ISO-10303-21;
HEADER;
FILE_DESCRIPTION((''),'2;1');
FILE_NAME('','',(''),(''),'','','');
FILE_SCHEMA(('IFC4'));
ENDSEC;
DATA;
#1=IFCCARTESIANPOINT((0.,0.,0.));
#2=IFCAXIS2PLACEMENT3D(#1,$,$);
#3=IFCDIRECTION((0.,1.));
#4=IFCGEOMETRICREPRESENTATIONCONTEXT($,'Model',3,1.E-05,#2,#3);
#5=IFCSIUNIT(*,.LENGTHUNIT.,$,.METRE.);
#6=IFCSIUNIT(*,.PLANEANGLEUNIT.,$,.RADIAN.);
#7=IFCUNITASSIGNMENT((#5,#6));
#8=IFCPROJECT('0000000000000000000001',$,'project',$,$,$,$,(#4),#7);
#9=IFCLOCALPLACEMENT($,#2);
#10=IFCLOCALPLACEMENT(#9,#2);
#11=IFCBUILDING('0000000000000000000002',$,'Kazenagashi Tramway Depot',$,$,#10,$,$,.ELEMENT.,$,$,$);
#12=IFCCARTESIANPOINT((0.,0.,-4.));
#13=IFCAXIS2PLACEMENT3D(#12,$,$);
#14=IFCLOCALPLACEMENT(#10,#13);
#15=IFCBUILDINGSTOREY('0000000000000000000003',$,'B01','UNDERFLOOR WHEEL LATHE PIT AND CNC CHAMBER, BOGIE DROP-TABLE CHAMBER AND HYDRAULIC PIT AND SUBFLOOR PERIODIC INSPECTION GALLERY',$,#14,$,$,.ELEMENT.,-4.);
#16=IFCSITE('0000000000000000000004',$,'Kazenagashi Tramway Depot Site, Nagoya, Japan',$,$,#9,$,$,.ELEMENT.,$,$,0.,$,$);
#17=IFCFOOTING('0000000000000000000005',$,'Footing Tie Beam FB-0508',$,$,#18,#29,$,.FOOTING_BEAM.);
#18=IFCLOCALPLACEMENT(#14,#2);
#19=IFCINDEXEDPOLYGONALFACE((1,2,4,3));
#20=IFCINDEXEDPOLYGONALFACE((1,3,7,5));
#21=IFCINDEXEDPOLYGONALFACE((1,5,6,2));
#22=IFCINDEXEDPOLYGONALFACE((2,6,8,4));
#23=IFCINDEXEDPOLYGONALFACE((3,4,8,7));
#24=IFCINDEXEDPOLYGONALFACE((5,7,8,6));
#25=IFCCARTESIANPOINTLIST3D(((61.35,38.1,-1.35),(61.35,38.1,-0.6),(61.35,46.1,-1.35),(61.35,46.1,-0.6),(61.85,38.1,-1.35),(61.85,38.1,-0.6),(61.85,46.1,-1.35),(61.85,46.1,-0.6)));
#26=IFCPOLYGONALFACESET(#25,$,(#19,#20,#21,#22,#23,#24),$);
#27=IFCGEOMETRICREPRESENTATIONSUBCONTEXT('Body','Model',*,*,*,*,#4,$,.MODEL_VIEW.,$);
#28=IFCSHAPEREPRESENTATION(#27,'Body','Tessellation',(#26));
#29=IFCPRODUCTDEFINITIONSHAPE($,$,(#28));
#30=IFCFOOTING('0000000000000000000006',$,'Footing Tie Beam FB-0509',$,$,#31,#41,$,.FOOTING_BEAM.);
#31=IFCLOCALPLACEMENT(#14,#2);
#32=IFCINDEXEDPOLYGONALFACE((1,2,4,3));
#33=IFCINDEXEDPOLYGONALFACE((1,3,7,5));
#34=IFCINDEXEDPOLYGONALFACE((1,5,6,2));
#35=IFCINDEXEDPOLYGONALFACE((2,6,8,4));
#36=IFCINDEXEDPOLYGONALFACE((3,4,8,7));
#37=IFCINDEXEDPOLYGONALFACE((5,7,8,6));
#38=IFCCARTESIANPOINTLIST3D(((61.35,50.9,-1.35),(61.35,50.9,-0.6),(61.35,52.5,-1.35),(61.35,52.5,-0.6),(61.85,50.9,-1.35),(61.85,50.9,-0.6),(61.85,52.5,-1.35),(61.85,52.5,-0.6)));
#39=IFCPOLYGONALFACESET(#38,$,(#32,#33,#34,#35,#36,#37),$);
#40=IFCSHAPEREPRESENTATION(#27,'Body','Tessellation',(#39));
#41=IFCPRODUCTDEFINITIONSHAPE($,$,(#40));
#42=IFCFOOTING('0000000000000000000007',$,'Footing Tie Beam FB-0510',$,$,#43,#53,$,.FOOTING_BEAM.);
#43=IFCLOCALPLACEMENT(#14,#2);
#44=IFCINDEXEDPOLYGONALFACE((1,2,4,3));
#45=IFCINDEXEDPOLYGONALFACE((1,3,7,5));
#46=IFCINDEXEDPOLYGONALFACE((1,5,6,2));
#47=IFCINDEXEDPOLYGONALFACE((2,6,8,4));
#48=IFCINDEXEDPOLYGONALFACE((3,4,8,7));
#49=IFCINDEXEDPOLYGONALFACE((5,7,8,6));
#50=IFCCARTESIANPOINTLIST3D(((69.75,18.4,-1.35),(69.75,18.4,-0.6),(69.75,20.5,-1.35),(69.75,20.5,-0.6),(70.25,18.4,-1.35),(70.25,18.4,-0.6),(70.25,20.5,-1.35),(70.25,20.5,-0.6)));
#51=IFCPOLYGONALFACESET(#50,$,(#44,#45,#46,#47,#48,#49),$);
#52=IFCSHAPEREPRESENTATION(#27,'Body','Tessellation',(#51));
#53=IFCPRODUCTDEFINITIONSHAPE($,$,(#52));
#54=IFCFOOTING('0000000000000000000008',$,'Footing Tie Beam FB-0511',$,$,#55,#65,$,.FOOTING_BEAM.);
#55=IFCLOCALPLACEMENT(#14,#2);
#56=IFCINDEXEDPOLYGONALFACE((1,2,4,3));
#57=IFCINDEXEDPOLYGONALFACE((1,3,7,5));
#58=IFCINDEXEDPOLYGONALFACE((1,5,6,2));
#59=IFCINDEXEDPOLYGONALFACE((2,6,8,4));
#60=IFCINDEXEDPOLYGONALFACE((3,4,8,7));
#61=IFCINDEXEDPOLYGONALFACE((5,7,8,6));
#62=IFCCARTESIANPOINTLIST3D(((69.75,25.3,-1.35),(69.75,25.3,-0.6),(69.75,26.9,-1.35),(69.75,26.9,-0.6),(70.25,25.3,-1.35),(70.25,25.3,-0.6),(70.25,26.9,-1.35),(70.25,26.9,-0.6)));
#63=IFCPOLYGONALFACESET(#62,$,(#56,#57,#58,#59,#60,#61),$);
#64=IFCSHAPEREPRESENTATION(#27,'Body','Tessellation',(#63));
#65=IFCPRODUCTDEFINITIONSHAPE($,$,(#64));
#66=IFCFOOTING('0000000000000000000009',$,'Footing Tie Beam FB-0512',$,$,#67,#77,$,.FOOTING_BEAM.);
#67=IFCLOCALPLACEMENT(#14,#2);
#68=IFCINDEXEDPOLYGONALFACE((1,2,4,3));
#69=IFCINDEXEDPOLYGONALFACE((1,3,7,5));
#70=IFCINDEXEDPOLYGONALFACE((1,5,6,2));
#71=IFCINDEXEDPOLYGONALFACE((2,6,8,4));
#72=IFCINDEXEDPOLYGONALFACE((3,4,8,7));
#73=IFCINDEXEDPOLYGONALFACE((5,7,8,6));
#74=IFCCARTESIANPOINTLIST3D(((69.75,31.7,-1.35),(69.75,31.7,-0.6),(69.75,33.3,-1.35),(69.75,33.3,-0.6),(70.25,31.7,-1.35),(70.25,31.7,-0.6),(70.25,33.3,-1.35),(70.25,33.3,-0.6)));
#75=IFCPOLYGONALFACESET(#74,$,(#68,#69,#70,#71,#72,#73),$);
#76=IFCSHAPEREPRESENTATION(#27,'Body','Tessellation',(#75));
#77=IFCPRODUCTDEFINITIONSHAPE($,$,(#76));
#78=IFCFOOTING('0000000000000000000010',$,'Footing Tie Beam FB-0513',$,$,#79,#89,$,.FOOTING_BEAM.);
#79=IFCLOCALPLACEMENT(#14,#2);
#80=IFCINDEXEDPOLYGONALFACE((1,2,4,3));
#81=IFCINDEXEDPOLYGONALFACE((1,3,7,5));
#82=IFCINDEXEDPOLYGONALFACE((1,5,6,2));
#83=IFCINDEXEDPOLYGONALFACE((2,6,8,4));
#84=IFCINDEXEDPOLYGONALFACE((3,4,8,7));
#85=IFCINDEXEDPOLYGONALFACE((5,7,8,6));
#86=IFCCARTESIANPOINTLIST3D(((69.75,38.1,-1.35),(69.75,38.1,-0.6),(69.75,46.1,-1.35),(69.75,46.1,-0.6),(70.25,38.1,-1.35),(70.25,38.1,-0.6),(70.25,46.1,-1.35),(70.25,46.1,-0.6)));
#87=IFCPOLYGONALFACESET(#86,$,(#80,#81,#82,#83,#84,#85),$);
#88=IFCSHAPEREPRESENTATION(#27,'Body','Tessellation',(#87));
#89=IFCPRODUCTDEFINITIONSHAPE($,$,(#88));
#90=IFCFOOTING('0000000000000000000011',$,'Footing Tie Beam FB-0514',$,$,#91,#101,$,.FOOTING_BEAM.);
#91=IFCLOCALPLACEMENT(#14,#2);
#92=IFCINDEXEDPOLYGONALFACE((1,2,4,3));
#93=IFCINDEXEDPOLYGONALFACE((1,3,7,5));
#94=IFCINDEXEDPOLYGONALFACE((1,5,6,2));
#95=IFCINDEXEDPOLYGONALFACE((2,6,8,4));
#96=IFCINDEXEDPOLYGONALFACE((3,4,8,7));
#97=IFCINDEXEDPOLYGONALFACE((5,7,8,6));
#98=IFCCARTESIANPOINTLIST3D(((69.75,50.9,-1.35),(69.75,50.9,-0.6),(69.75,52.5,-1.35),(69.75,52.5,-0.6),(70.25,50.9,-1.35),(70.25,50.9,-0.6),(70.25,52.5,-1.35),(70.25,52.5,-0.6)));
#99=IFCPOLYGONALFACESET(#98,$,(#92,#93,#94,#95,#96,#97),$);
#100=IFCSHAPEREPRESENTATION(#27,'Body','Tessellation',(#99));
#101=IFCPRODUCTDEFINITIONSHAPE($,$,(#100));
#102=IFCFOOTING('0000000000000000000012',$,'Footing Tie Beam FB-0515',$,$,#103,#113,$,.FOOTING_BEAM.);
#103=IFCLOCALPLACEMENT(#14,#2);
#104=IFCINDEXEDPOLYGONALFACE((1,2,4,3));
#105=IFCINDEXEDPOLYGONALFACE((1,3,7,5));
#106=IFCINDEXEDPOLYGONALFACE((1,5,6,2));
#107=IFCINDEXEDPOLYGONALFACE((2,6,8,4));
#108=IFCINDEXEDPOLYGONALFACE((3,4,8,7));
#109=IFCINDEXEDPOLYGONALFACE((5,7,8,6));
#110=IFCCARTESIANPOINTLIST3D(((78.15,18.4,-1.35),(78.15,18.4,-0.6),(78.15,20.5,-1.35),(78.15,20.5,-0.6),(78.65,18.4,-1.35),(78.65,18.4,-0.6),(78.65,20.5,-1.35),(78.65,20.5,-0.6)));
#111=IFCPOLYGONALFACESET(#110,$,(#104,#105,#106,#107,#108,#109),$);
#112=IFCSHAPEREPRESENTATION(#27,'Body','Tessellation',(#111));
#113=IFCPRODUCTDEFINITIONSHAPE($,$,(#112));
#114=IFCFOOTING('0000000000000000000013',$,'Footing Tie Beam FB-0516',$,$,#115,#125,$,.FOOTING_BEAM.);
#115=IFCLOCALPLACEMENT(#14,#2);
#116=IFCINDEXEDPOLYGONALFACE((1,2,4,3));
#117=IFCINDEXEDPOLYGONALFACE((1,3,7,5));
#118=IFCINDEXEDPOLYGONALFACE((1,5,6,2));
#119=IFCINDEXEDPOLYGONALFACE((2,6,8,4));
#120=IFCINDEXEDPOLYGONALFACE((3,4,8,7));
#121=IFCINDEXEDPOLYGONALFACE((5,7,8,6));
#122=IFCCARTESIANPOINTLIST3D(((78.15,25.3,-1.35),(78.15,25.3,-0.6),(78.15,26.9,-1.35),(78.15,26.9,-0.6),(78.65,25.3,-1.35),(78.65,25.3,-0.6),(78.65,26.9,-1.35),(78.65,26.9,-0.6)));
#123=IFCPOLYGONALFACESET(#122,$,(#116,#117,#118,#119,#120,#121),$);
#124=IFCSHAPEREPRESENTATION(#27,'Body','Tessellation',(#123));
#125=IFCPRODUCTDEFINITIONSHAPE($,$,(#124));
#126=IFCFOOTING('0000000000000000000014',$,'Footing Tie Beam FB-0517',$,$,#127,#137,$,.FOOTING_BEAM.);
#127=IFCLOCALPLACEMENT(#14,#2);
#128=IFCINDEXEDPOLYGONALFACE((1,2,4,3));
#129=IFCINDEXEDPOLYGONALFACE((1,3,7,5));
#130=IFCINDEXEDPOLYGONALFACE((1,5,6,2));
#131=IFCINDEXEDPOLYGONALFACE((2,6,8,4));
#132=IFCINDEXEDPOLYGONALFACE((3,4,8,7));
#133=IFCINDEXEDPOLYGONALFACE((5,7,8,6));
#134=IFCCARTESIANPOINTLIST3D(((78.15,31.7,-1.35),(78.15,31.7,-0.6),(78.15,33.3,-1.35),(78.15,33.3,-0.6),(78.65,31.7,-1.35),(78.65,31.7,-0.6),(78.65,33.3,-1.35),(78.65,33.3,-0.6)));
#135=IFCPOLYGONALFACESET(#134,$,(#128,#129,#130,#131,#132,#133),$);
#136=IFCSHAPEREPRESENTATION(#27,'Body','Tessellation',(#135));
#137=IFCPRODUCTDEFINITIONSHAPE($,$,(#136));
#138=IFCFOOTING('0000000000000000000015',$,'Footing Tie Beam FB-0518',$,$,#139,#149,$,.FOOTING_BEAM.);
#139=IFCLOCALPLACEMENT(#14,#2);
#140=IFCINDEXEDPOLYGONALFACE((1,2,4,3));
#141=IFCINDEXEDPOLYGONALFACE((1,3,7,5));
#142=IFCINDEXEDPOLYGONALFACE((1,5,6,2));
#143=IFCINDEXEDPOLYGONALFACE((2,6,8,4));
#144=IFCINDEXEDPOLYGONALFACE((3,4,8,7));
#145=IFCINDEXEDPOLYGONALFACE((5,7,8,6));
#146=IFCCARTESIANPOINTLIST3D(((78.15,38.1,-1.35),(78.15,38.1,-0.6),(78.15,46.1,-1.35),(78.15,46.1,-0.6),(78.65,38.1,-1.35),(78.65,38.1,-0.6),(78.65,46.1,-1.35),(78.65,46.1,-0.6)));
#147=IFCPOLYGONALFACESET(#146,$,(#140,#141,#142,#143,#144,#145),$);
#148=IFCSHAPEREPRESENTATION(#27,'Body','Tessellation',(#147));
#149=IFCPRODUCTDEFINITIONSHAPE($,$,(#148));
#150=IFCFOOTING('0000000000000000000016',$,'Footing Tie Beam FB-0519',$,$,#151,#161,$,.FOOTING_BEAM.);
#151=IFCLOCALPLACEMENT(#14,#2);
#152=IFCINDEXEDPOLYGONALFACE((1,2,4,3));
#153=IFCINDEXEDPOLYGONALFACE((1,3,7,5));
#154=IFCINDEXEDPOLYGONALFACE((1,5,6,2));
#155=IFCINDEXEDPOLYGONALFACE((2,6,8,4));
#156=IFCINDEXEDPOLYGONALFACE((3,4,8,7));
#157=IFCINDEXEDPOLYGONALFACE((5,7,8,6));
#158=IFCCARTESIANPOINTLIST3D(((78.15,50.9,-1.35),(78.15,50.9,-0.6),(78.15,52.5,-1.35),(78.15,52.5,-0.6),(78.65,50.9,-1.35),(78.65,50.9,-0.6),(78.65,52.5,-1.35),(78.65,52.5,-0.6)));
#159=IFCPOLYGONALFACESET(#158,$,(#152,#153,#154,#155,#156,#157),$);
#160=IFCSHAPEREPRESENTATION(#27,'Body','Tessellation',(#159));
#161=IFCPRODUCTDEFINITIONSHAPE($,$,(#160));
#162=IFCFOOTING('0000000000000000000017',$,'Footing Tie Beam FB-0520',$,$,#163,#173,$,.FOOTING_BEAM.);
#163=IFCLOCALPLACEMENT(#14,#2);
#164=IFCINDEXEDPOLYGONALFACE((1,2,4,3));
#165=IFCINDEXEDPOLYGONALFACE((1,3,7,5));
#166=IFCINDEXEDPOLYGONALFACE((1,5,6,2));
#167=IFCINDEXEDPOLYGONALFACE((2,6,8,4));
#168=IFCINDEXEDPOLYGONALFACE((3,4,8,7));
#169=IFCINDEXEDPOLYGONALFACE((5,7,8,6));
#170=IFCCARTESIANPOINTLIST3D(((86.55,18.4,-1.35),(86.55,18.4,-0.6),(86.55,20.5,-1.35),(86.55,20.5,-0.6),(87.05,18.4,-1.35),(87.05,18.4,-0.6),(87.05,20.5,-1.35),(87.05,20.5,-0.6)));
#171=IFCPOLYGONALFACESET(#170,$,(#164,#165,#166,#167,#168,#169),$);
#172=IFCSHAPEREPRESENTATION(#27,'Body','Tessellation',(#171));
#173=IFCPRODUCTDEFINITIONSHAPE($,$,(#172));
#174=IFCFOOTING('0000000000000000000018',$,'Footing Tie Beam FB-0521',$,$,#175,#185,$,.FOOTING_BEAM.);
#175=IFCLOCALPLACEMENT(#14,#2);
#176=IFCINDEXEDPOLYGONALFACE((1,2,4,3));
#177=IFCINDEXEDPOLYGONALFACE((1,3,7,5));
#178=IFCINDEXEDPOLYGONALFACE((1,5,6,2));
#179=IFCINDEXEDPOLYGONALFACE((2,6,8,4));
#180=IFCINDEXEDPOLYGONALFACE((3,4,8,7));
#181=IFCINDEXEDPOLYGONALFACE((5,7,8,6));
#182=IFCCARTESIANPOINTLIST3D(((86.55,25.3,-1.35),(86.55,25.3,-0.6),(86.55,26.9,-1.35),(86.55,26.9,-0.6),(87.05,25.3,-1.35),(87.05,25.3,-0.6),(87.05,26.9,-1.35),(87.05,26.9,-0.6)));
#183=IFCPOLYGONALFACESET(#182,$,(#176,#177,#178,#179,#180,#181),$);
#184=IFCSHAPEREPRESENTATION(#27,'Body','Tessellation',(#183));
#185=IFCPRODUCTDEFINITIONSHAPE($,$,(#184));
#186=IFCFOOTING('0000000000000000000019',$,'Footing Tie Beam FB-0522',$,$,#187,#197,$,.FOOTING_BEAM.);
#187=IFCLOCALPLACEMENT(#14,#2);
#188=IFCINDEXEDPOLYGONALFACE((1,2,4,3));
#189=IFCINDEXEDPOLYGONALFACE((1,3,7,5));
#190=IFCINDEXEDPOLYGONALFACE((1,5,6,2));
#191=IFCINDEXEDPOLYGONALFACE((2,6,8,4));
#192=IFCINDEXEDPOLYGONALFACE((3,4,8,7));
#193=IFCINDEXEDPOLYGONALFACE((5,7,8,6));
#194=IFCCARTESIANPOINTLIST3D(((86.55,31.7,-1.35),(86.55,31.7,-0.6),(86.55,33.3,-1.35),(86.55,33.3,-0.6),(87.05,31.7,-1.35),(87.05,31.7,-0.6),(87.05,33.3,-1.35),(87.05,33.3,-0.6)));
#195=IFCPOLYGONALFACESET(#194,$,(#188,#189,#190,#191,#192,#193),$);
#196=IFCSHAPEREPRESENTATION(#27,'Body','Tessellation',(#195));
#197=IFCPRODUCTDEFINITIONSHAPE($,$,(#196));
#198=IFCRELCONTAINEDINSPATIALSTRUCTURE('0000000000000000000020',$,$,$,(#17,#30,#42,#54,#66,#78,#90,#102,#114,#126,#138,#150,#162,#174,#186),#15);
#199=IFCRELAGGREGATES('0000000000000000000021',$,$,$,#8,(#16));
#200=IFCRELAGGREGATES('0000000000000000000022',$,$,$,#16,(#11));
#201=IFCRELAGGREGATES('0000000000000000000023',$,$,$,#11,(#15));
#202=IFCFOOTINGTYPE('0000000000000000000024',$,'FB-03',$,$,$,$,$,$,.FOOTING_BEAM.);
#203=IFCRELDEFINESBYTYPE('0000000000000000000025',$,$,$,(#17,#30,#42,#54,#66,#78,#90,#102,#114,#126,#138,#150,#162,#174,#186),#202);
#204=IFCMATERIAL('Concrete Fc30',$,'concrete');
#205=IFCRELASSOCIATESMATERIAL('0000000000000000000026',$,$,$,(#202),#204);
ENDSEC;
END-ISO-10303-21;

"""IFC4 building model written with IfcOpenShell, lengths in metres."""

from ifc_helpers import new_model, si_unit, direction, frame, origin, place, context, subcontext, project, spatial, polyline, outline, extrude, material, type_object, element, save


model = new_model("IFC4")

# Units and contexts
model_context = context("Model", 3, precision=1e-05, world=origin(), true_north=direction((0.0, 1.0)))
body_context = subcontext(model_context, "Body", "Model", "MODEL_VIEW")
ifc_project = project(units=[si_unit("LENGTHUNIT", "METRE"), si_unit("PLANEANGLEUNIT", "RADIAN")], contexts=[model_context])

# Site, building, storey
site_placement = place(None, origin())
site = spatial("IfcSite", under=ifc_project, at=site_placement, Name="Kazenagashi Tramway Depot Site, Nagoya, Japan", CompositionType="ELEMENT", RefElevation=0.0)
building_placement = place(site_placement, origin())
building = spatial("IfcBuilding", under=site, at=building_placement, Name="Kazenagashi Tramway Depot", CompositionType="ELEMENT")
storey_placement = place(building_placement, frame((0.0, 0.0, -4.0)))
storey = spatial("IfcBuildingStorey", under=building, at=storey_placement, Name="B01", Description="UNDERFLOOR WHEEL LATHE PIT AND CNC CHAMBER, BOGIE DROP-TABLE CHAMBER AND HYDRAULIC PIT AND SUBFLOOR PERIODIC INSPECTION GALLERY", CompositionType="ELEMENT", Elevation=-4.0)

# Footings
ifc_material = material(Name="Concrete Fc30", Category="concrete")
footing_type = type_object("IfcFootingType", Name="FB-03", PredefinedType="FOOTING_BEAM", material=ifc_material)
footing_1_placement = place(storey_placement, frame((0.0, 0.0, -1.35)))
element("IfcFooting", 1, at=footing_1_placement, inside=storey, type_object=footing_type, Name="Footing Tie Beam FB-0508", PredefinedType="FOOTING_BEAM", context=body_context, shape_type="SweptSolid", body=[
    extrude(outline(polyline([(61.35, 38.1), (61.85, 38.1), (61.85, 46.1), (61.35, 46.1), (61.35, 38.1)])), origin(), (0.0, 0.0, 1.0), 0.75),
])
footing_2_placement = place(storey_placement, frame((0.0, 0.0, -1.35)))
element("IfcFooting", 2, at=footing_2_placement, inside=storey, type_object=footing_type, Name="Footing Tie Beam FB-0509", PredefinedType="FOOTING_BEAM", context=body_context, shape_type="SweptSolid", body=[
    extrude(outline(polyline([(61.35, 50.9), (61.85, 50.9), (61.85, 52.5), (61.35, 52.5), (61.35, 50.9)])), origin(), (0.0, 0.0, 1.0), 0.75),
])
footing_3_placement = place(storey_placement, frame((0.0, 0.0, -1.35)))
element("IfcFooting", 3, at=footing_3_placement, inside=storey, type_object=footing_type, Name="Footing Tie Beam FB-0510", PredefinedType="FOOTING_BEAM", context=body_context, shape_type="SweptSolid", body=[
    extrude(outline(polyline([(69.75, 18.4), (70.25, 18.4), (70.25, 20.5), (69.75, 20.5), (69.75, 18.4)])), origin(), (0.0, 0.0, 1.0), 0.75),
])
footing_4_placement = place(storey_placement, frame((0.0, 0.0, -1.35)))
element("IfcFooting", 4, at=footing_4_placement, inside=storey, type_object=footing_type, Name="Footing Tie Beam FB-0511", PredefinedType="FOOTING_BEAM", context=body_context, shape_type="SweptSolid", body=[
    extrude(outline(polyline([(69.75, 25.3), (70.25, 25.3), (70.25, 26.9), (69.75, 26.9), (69.75, 25.3)])), origin(), (0.0, 0.0, 1.0), 0.75),
])
footing_5_placement = place(storey_placement, frame((0.0, 0.0, -1.35)))
element("IfcFooting", 5, at=footing_5_placement, inside=storey, type_object=footing_type, Name="Footing Tie Beam FB-0512", PredefinedType="FOOTING_BEAM", context=body_context, shape_type="SweptSolid", body=[
    extrude(outline(polyline([(69.75, 31.7), (70.25, 31.7), (70.25, 33.3), (69.75, 33.3), (69.75, 31.7)])), origin(), (0.0, 0.0, 1.0), 0.75),
])
footing_6_placement = place(storey_placement, frame((0.0, 0.0, -1.35)))
element("IfcFooting", 6, at=footing_6_placement, inside=storey, type_object=footing_type, Name="Footing Tie Beam FB-0513", PredefinedType="FOOTING_BEAM", context=body_context, shape_type="SweptSolid", body=[
    extrude(outline(polyline([(69.75, 38.1), (70.25, 38.1), (70.25, 46.1), (69.75, 46.1), (69.75, 38.1)])), origin(), (0.0, 0.0, 1.0), 0.75),
])
footing_7_placement = place(storey_placement, frame((0.0, 0.0, -1.35)))
element("IfcFooting", 7, at=footing_7_placement, inside=storey, type_object=footing_type, Name="Footing Tie Beam FB-0514", PredefinedType="FOOTING_BEAM", context=body_context, shape_type="SweptSolid", body=[
    extrude(outline(polyline([(69.75, 50.9), (70.25, 50.9), (70.25, 52.5), (69.75, 52.5), (69.75, 50.9)])), origin(), (0.0, 0.0, 1.0), 0.75),
])
footing_8_placement = place(storey_placement, frame((0.0, 0.0, -1.35)))
element("IfcFooting", 8, at=footing_8_placement, inside=storey, type_object=footing_type, Name="Footing Tie Beam FB-0515", PredefinedType="FOOTING_BEAM", context=body_context, shape_type="SweptSolid", body=[
    extrude(outline(polyline([(78.15, 18.4), (78.65, 18.4), (78.65, 20.5), (78.15, 20.5), (78.15, 18.4)])), origin(), (0.0, 0.0, 1.0), 0.75),
])
footing_9_placement = place(storey_placement, frame((0.0, 0.0, -1.35)))
element("IfcFooting", 9, at=footing_9_placement, inside=storey, type_object=footing_type, Name="Footing Tie Beam FB-0516", PredefinedType="FOOTING_BEAM", context=body_context, shape_type="SweptSolid", body=[
    extrude(outline(polyline([(78.15, 25.3), (78.65, 25.3), (78.65, 26.9), (78.15, 26.9), (78.15, 25.3)])), origin(), (0.0, 0.0, 1.0), 0.75),
])
footing_10_placement = place(storey_placement, frame((0.0, 0.0, -1.35)))
element("IfcFooting", 10, at=footing_10_placement, inside=storey, type_object=footing_type, Name="Footing Tie Beam FB-0517", PredefinedType="FOOTING_BEAM", context=body_context, shape_type="SweptSolid", body=[
    extrude(outline(polyline([(78.15, 31.7), (78.65, 31.7), (78.65, 33.3), (78.15, 33.3), (78.15, 31.7)])), origin(), (0.0, 0.0, 1.0), 0.75),
])
footing_11_placement = place(storey_placement, frame((0.0, 0.0, -1.35)))
element("IfcFooting", 11, at=footing_11_placement, inside=storey, type_object=footing_type, Name="Footing Tie Beam FB-0518", PredefinedType="FOOTING_BEAM", context=body_context, shape_type="SweptSolid", body=[
    extrude(outline(polyline([(78.15, 38.1), (78.65, 38.1), (78.65, 46.1), (78.15, 46.1), (78.15, 38.1)])), origin(), (0.0, 0.0, 1.0), 0.75),
])
footing_12_placement = place(storey_placement, frame((0.0, 0.0, -1.35)))
element("IfcFooting", 12, at=footing_12_placement, inside=storey, type_object=footing_type, Name="Footing Tie Beam FB-0519", PredefinedType="FOOTING_BEAM", context=body_context, shape_type="SweptSolid", body=[
    extrude(outline(polyline([(78.15, 50.9), (78.65, 50.9), (78.65, 52.5), (78.15, 52.5), (78.15, 50.9)])), origin(), (0.0, 0.0, 1.0), 0.75),
])
footing_13_placement = place(storey_placement, frame((0.0, 0.0, -1.35)))
element("IfcFooting", 13, at=footing_13_placement, inside=storey, type_object=footing_type, Name="Footing Tie Beam FB-0520", PredefinedType="FOOTING_BEAM", context=body_context, shape_type="SweptSolid", body=[
    extrude(outline(polyline([(86.55, 18.4), (87.05, 18.4), (87.05, 20.5), (86.55, 20.5), (86.55, 18.4)])), origin(), (0.0, 0.0, 1.0), 0.75),
])
footing_14_placement = place(storey_placement, frame((0.0, 0.0, -1.35)))
element("IfcFooting", 14, at=footing_14_placement, inside=storey, type_object=footing_type, Name="Footing Tie Beam FB-0521", PredefinedType="FOOTING_BEAM", context=body_context, shape_type="SweptSolid", body=[
    extrude(outline(polyline([(86.55, 25.3), (87.05, 25.3), (87.05, 26.9), (86.55, 26.9), (86.55, 25.3)])), origin(), (0.0, 0.0, 1.0), 0.75),
])
footing_15_placement = place(storey_placement, frame((0.0, 0.0, -1.35)))
element("IfcFooting", 15, at=footing_15_placement, inside=storey, type_object=footing_type, Name="Footing Tie Beam FB-0522", PredefinedType="FOOTING_BEAM", context=body_context, shape_type="SweptSolid", body=[
    extrude(outline(polyline([(86.55, 31.7), (87.05, 31.7), (87.05, 33.3), (86.55, 33.3), (86.55, 31.7)])), origin(), (0.0, 0.0, 1.0), 0.75),
])

save(model, "model.ifc")
